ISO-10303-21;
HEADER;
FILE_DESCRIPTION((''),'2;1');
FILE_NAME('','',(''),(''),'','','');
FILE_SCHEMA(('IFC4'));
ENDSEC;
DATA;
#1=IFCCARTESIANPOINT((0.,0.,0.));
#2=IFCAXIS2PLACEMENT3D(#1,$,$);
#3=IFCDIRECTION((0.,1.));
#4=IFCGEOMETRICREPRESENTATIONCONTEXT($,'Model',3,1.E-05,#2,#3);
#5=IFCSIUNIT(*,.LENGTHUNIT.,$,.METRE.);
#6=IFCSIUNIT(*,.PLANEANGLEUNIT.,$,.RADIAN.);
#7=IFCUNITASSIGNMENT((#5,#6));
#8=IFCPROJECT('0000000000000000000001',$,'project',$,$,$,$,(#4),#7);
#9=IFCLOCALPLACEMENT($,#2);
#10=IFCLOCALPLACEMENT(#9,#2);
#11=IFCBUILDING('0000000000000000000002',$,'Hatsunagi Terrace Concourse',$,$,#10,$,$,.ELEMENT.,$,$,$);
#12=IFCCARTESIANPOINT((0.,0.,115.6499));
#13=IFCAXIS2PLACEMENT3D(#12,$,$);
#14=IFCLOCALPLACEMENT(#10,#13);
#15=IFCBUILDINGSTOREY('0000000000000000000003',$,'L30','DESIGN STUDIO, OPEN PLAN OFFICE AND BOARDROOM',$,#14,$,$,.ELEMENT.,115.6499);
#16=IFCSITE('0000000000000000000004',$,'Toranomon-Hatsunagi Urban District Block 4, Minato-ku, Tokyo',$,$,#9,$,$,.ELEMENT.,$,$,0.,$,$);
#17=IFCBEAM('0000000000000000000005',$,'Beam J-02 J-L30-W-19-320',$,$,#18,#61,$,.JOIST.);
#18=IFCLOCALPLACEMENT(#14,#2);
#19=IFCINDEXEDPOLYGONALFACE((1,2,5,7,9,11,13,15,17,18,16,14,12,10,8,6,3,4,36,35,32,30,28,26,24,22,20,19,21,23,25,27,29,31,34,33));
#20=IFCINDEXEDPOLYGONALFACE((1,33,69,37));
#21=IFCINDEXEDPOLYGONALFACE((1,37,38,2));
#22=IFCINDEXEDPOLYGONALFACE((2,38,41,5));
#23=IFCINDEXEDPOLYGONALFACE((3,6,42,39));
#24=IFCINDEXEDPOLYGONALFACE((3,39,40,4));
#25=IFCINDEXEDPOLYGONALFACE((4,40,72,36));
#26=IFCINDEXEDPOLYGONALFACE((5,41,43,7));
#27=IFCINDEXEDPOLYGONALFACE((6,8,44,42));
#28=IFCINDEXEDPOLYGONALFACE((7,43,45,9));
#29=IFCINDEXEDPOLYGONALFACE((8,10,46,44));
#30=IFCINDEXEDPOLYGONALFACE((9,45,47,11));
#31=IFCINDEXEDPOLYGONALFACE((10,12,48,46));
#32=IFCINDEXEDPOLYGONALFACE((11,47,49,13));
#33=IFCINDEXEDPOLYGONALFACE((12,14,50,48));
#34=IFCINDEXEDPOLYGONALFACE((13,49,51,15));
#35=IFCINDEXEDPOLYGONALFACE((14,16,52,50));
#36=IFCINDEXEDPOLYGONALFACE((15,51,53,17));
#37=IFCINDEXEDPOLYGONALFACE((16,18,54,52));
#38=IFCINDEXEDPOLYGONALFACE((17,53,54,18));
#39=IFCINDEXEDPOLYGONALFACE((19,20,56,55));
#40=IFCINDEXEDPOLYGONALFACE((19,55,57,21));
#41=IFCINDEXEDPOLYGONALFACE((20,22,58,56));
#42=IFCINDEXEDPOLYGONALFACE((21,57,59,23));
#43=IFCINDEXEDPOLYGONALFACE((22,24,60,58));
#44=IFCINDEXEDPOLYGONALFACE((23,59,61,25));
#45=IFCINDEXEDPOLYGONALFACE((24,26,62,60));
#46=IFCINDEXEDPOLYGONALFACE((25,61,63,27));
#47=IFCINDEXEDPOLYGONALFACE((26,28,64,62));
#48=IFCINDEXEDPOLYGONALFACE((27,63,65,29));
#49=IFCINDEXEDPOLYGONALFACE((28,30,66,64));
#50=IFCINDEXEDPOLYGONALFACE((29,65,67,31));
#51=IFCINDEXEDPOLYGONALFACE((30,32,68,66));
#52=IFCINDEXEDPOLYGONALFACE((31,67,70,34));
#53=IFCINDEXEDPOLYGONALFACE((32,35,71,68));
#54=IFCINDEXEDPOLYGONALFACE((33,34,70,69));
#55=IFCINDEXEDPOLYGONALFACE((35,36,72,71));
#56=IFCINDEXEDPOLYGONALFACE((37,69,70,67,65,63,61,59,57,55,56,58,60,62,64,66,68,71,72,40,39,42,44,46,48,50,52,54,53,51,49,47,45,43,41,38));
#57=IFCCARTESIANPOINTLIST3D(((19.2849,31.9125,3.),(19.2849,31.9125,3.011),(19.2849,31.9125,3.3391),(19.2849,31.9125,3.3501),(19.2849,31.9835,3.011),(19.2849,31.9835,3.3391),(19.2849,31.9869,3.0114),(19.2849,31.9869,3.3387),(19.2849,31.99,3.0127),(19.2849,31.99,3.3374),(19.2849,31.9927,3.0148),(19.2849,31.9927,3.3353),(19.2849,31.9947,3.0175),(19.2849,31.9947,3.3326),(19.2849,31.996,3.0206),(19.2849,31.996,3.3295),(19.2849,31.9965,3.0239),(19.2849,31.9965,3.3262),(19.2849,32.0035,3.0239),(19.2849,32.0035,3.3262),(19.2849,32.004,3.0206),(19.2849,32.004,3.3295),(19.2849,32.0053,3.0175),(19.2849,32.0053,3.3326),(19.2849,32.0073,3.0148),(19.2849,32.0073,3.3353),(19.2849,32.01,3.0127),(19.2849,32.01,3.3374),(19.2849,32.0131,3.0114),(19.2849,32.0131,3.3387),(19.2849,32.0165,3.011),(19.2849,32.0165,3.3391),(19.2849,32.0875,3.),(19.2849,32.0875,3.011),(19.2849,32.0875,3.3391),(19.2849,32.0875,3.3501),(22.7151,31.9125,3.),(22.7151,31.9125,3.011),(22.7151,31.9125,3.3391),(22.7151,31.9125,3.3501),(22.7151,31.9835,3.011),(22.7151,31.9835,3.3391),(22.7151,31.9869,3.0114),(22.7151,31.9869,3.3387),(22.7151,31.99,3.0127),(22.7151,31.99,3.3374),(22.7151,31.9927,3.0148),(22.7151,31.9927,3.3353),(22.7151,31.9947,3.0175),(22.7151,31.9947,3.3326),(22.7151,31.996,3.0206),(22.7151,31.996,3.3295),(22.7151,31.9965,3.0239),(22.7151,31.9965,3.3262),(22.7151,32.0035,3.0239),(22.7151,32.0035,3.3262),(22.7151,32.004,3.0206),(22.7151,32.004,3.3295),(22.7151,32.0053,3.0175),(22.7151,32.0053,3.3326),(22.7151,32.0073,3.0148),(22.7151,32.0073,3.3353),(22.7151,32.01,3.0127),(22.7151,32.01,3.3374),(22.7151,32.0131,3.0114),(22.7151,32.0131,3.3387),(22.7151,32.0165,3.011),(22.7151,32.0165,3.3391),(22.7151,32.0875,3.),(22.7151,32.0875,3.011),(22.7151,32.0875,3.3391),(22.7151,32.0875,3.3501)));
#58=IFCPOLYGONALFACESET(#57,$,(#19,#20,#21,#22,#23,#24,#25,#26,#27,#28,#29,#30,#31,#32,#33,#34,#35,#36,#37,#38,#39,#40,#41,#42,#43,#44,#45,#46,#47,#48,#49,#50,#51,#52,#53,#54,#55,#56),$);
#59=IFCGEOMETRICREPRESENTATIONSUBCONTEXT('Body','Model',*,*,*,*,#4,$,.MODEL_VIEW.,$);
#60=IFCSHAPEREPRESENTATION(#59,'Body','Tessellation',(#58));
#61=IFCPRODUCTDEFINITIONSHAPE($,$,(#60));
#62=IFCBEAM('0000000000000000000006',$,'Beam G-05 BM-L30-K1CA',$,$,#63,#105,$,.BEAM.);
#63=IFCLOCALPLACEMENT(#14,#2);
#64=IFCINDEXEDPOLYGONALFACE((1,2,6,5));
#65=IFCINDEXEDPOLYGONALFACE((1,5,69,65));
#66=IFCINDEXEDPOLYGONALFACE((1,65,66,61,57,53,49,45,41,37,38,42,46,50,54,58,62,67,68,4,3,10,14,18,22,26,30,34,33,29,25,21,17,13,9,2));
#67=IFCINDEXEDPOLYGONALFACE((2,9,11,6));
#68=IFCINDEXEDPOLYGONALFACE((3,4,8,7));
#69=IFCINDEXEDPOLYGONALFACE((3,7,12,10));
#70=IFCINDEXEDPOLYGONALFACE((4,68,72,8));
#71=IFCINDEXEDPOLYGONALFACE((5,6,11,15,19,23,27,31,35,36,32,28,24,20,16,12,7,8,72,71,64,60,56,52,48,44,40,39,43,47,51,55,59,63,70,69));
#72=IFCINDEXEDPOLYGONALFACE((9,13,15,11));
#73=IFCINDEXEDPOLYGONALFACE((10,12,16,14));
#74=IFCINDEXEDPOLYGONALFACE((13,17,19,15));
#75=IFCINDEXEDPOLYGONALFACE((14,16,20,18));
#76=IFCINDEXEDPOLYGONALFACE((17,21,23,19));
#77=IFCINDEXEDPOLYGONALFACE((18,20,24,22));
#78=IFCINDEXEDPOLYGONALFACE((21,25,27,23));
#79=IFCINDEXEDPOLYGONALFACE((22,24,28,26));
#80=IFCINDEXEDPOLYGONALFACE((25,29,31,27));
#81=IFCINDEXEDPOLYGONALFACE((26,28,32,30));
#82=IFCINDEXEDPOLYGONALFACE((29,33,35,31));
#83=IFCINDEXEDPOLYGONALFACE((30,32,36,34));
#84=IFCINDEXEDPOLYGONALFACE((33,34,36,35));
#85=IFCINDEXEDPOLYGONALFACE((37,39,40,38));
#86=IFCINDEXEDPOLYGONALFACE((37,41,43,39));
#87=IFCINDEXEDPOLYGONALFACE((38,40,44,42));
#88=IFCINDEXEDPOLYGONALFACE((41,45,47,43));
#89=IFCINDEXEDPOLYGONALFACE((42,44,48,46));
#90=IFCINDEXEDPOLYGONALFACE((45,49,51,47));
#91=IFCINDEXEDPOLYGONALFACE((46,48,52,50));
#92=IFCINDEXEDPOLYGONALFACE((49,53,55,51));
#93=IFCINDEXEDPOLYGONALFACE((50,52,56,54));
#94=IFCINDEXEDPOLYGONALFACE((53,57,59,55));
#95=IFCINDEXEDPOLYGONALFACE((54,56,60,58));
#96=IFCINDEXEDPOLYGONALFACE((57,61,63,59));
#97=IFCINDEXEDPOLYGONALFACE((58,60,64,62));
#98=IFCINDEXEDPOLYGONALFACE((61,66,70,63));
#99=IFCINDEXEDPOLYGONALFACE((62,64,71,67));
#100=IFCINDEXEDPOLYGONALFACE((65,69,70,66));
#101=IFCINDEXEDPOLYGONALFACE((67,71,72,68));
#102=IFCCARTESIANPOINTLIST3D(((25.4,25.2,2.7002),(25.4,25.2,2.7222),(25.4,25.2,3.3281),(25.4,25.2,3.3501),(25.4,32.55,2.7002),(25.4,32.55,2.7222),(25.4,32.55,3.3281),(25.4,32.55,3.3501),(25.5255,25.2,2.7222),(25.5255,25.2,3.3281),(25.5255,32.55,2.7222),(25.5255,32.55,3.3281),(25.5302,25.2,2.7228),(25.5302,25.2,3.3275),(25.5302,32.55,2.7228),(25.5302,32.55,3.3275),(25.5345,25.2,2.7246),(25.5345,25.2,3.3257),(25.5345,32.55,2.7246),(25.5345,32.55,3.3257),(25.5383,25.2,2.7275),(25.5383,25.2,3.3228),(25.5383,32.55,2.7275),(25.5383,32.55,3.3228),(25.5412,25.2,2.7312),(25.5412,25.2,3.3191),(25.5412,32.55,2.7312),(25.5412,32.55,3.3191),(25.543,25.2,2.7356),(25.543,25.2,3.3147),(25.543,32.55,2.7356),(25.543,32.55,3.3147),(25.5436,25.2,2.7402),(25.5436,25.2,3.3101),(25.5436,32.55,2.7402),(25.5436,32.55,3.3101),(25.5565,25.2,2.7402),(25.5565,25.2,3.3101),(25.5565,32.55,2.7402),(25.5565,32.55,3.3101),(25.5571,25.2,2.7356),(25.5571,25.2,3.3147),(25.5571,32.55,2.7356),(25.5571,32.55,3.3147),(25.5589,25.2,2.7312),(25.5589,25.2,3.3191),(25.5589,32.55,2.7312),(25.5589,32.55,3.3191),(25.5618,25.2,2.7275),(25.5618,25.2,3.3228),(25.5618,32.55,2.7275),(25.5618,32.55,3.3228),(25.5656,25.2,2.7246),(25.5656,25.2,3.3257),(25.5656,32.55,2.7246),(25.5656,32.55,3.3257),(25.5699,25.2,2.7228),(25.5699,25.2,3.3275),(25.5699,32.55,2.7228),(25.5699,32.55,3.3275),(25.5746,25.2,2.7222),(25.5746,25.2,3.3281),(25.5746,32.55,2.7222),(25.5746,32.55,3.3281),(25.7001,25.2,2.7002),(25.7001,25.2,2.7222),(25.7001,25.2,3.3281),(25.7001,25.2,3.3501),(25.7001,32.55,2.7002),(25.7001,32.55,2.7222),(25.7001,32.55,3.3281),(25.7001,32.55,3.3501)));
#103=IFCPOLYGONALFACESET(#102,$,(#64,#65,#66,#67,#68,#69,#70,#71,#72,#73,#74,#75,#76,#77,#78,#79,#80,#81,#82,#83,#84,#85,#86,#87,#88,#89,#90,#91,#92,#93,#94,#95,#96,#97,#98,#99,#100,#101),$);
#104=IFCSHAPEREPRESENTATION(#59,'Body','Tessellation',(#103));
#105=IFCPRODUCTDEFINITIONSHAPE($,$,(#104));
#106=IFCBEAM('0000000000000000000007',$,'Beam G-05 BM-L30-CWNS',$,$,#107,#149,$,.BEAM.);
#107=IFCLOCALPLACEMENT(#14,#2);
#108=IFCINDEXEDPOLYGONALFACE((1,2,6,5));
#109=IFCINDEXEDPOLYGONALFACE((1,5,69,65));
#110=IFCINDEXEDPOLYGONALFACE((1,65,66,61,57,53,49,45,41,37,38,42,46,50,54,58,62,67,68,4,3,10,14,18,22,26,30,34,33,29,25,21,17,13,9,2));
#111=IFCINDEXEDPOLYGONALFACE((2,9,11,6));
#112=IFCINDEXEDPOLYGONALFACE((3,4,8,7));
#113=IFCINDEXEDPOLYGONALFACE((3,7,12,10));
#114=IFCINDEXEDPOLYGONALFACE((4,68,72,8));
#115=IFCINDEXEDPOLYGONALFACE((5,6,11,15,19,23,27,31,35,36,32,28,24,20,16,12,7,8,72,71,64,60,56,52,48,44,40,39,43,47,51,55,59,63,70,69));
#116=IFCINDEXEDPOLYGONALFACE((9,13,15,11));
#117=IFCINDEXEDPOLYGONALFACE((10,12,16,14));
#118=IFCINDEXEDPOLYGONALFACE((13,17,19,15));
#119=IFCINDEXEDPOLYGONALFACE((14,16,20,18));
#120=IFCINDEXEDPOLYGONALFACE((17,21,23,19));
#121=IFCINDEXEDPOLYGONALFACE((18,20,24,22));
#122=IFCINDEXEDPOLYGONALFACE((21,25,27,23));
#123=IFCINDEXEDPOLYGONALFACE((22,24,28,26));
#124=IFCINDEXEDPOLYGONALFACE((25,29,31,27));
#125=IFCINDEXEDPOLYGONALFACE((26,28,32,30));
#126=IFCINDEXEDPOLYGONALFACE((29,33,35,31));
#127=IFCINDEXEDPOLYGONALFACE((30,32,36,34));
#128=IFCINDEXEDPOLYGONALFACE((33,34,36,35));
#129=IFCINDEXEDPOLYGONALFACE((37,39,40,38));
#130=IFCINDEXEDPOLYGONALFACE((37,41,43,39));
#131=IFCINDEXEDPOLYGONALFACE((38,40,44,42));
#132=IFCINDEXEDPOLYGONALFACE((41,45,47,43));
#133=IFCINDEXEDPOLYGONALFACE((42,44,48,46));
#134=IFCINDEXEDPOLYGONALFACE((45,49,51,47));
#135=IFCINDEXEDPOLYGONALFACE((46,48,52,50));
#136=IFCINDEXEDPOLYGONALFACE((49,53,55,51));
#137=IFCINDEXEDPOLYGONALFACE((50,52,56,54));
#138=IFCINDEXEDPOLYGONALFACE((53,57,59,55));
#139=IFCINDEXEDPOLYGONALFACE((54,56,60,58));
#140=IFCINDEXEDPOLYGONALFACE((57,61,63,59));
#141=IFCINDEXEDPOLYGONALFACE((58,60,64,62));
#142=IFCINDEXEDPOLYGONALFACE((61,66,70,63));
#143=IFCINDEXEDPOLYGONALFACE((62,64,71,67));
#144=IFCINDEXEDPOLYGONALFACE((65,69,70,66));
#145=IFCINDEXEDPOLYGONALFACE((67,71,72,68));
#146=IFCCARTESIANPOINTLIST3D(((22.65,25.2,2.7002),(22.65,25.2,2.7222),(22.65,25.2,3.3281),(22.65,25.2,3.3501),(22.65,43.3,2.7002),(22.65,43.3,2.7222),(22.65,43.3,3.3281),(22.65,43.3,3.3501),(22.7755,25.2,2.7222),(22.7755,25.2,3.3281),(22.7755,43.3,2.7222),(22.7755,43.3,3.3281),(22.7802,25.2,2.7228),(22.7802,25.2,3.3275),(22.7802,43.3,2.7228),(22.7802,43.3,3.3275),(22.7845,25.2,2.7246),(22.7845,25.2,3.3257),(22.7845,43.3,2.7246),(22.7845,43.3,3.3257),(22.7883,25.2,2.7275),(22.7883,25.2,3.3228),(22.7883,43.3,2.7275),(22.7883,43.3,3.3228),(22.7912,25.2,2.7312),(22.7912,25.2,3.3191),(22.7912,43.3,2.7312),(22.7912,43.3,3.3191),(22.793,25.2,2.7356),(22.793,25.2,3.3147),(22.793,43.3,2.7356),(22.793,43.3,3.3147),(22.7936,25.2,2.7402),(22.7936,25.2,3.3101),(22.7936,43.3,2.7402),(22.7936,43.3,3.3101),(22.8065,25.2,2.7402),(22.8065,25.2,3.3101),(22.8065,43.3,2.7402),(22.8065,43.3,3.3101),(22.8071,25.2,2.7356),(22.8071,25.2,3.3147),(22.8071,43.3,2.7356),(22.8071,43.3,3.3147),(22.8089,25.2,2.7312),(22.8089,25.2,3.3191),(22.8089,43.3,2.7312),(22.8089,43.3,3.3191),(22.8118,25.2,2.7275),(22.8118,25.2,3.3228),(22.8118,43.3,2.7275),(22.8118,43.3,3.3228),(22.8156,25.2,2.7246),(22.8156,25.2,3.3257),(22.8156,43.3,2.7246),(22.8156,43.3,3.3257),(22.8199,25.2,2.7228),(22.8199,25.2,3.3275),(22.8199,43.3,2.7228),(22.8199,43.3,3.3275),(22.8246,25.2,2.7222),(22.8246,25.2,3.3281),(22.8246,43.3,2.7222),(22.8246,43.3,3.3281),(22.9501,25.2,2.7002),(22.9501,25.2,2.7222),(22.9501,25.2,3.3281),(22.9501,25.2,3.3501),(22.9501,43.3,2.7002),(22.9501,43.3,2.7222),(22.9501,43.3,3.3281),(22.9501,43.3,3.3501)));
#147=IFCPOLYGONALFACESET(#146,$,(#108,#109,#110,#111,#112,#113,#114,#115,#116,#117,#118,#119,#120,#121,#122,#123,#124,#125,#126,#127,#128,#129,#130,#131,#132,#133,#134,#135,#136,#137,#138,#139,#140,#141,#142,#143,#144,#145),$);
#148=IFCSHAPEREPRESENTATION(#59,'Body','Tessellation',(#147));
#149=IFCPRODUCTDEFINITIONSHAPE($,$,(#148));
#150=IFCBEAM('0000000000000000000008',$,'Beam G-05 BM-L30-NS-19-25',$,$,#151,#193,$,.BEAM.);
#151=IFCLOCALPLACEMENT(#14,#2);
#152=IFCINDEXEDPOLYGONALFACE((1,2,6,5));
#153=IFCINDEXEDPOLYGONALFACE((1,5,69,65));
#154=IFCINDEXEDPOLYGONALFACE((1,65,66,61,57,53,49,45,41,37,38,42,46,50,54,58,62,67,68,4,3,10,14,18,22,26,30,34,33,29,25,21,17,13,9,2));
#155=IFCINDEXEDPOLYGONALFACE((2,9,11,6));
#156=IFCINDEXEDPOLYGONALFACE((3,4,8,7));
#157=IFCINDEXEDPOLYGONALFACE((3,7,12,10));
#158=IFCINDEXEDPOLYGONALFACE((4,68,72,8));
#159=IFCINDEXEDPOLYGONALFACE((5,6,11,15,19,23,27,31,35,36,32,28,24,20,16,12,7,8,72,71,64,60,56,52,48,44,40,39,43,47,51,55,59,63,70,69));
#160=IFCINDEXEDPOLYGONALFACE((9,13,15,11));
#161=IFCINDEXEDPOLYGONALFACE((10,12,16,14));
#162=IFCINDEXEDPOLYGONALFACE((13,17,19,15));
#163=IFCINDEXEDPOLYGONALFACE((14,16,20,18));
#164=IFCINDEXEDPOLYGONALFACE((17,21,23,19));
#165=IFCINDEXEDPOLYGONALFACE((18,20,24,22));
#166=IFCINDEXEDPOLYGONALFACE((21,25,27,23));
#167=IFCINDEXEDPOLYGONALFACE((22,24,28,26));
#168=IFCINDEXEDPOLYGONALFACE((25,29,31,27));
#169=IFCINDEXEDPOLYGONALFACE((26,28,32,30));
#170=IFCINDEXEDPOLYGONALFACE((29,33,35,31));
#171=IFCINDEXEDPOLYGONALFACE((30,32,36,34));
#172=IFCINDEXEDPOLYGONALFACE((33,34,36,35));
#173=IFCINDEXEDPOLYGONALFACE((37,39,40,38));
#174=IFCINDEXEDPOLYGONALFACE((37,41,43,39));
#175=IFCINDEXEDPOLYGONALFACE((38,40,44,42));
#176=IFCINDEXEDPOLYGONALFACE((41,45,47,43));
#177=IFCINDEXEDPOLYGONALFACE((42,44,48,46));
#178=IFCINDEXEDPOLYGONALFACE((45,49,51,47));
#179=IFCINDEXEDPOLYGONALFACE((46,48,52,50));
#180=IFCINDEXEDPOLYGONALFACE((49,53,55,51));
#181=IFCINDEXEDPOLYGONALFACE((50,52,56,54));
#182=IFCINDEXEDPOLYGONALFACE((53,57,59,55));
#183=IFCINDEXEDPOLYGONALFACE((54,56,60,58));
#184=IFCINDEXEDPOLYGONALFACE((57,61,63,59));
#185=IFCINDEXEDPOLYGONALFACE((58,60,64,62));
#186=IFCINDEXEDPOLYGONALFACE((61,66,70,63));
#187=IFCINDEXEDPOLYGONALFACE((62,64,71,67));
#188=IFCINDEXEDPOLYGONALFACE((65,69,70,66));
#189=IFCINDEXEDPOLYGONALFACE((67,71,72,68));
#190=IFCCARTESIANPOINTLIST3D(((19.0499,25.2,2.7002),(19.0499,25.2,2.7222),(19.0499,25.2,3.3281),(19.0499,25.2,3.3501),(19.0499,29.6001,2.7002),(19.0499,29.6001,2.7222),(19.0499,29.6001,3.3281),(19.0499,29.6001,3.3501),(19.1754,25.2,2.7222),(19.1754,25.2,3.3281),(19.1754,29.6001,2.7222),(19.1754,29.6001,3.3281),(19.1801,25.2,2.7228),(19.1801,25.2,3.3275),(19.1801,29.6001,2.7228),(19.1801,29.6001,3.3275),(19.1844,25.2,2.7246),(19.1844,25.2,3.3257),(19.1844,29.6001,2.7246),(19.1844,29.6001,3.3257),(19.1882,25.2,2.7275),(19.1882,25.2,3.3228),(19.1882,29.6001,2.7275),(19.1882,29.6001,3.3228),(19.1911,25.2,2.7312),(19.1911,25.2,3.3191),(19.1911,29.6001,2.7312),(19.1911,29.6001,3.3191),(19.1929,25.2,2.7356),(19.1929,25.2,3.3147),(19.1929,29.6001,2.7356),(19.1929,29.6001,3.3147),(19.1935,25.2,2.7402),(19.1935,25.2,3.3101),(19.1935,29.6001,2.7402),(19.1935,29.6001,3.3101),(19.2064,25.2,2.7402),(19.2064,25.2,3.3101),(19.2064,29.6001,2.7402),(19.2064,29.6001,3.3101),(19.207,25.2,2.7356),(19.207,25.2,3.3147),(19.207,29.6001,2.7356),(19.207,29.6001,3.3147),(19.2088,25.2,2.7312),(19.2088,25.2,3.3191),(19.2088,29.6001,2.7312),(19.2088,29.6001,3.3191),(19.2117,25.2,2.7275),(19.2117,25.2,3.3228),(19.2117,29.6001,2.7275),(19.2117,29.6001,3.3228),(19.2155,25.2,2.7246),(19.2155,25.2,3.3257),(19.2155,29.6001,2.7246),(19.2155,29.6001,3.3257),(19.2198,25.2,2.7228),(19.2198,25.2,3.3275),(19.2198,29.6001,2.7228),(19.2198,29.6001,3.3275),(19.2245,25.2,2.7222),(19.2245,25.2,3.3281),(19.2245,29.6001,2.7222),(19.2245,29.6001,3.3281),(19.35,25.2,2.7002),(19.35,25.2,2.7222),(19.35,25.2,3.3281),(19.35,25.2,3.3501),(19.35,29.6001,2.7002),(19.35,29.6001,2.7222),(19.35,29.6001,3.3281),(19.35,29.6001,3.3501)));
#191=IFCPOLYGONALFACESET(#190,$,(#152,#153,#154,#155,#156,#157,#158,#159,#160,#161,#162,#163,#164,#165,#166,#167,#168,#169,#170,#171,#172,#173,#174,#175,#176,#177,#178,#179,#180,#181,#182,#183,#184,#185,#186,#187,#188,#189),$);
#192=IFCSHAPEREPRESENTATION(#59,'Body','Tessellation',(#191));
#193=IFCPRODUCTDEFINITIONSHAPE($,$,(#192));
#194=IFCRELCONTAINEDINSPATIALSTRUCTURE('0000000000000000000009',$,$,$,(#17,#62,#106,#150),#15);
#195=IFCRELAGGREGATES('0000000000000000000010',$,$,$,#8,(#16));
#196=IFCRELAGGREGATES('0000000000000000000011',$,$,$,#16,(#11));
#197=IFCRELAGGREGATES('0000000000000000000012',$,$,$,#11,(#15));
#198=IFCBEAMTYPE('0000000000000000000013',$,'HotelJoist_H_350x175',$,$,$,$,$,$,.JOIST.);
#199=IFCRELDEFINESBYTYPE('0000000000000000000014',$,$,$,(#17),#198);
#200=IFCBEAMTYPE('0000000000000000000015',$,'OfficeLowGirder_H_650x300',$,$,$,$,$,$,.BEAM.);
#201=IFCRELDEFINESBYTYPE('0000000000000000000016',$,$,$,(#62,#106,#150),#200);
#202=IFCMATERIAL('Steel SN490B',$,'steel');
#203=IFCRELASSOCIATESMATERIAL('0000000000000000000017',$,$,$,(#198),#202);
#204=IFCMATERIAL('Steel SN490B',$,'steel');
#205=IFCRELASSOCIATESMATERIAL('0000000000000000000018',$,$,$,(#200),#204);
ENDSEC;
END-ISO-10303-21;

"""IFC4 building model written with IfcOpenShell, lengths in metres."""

from ifc_helpers import new_model, si_unit, direction, frame, origin, origin_2d, place, context, subcontext, project, spatial, i_section, extrude, material, material_profile, profile_set, type_object, element, save


model = new_model("IFC4")

# Units and contexts
model_context = context("Model", 3, precision=1e-05, world=origin(), true_north=direction((0.0, 1.0)))
body_context = subcontext(model_context, "Body", "Model", "MODEL_VIEW")
ifc_project = project(units=[si_unit("LENGTHUNIT", "METRE"), si_unit("PLANEANGLEUNIT", "RADIAN")], contexts=[model_context])

# Site, building, storey
site_placement = place(None, origin())
site = spatial("IfcSite", under=ifc_project, at=site_placement, Name="Toranomon-Hatsunagi Urban District Block 4, Minato-ku, Tokyo", CompositionType="ELEMENT", RefElevation=0.0)
building_placement = place(site_placement, origin())
building = spatial("IfcBuilding", under=site, at=building_placement, Name="Hatsunagi Terrace Concourse", CompositionType="ELEMENT")
storey_placement = place(building_placement, frame((0.0, 0.0, 115.6499)))
storey = spatial("IfcBuildingStorey", under=building, at=storey_placement, Name="L30", Description="DESIGN STUDIO, OPEN PLAN OFFICE AND BOARDROOM", CompositionType="ELEMENT", Elevation=115.6499)

# Beams
ifc_material_1 = material(Name="Steel SN490B", Category="steel")
ifc_material_profile_1 = material_profile(ifc_material_1, i_section(OverallWidth=0.175, OverallDepth=0.3501, WebThickness=0.0071, FlangeThickness=0.011, FilletRadius=0.0129, at=origin_2d()), Name="H-350x175x7x11")
ifc_profile_set_1 = profile_set([ifc_material_profile_1], Name="Steel SN490B")
beam_type_1 = type_object("IfcBeamType", Name="HotelJoist_H_350x175", PredefinedType="JOIST", material=ifc_profile_set_1)
for number, where, z_axis, x_axis, name in (
    (1, (19.2849, 32.0, 3.175), (1.0, 0.0, 0.0), (0.0, 1.0, 0.0), "Beam J-02 J-L30-W-19-320"),
):
    element("IfcBeam", number, at=place(storey_placement, frame(where, z_axis=z_axis, x_axis=x_axis)), inside=storey, type_object=beam_type_1, Name=name, PredefinedType="JOIST", context=body_context, shape_type="SweptSolid", body=[
        extrude(i_section(OverallWidth=0.175, OverallDepth=0.3501, WebThickness=0.0071, FlangeThickness=0.011, FilletRadius=0.0129, at=origin_2d()), origin(), (0.0, 0.0, 1.0), 3.4302),
    ])
ifc_material_2 = material(Name="Steel SN490B", Category="steel")
ifc_material_profile_2 = material_profile(ifc_material_2, i_section(OverallWidth=0.3, OverallDepth=0.6499, WebThickness=0.0129, FlangeThickness=0.022, FilletRadius=0.0181, at=origin_2d()), Name="H-650x300x13x22")
ifc_profile_set_2 = profile_set([ifc_material_profile_2], Name="Steel SN490B")
beam_type_2 = type_object("IfcBeamType", Name="OfficeLowGirder_H_650x300", PredefinedType="BEAM", material=ifc_profile_set_2)
beam_1_placement = place(storey_placement, frame((25.55, 25.2, 3.0251), z_axis=(0.0, 1.0, 0.0), x_axis=(-1.0, 0.0, 0.0)))
element("IfcBeam", 2, at=beam_1_placement, inside=storey, type_object=beam_type_2, Name="Beam G-05 BM-L30-K1CA", PredefinedType="BEAM", context=body_context, shape_type="SweptSolid", body=[
    extrude(i_section(OverallWidth=0.3, OverallDepth=0.6499, WebThickness=0.0129, FlangeThickness=0.022, FilletRadius=0.0181, at=origin_2d()), origin(), (0.0, 0.0, 1.0), 7.3501),
])
beam_2_placement = place(storey_placement, frame((22.8, 25.2, 3.0251), z_axis=(0.0, 1.0, 0.0), x_axis=(-1.0, 0.0, 0.0)))
element("IfcBeam", 3, at=beam_2_placement, inside=storey, type_object=beam_type_2, Name="Beam G-05 BM-L30-CWNS", PredefinedType="BEAM", context=body_context, shape_type="SweptSolid", body=[
    extrude(i_section(OverallWidth=0.3, OverallDepth=0.6499, WebThickness=0.0129, FlangeThickness=0.022, FilletRadius=0.0181, at=origin_2d()), origin(), (0.0, 0.0, 1.0), 18.1001),
])
beam_3_placement = place(storey_placement, frame((19.2, 25.2, 3.0251), z_axis=(0.0, 1.0, 0.0), x_axis=(-1.0, 0.0, 0.0)))
element("IfcBeam", 4, at=beam_3_placement, inside=storey, type_object=beam_type_2, Name="Beam G-05 BM-L30-NS-19-25", PredefinedType="BEAM", context=body_context, shape_type="SweptSolid", body=[
    extrude(i_section(OverallWidth=0.3, OverallDepth=0.6499, WebThickness=0.0129, FlangeThickness=0.022, FilletRadius=0.0181, at=origin_2d()), origin(), (0.0, 0.0, 1.0), 4.4001),
])

save(model, "model.ifc")
